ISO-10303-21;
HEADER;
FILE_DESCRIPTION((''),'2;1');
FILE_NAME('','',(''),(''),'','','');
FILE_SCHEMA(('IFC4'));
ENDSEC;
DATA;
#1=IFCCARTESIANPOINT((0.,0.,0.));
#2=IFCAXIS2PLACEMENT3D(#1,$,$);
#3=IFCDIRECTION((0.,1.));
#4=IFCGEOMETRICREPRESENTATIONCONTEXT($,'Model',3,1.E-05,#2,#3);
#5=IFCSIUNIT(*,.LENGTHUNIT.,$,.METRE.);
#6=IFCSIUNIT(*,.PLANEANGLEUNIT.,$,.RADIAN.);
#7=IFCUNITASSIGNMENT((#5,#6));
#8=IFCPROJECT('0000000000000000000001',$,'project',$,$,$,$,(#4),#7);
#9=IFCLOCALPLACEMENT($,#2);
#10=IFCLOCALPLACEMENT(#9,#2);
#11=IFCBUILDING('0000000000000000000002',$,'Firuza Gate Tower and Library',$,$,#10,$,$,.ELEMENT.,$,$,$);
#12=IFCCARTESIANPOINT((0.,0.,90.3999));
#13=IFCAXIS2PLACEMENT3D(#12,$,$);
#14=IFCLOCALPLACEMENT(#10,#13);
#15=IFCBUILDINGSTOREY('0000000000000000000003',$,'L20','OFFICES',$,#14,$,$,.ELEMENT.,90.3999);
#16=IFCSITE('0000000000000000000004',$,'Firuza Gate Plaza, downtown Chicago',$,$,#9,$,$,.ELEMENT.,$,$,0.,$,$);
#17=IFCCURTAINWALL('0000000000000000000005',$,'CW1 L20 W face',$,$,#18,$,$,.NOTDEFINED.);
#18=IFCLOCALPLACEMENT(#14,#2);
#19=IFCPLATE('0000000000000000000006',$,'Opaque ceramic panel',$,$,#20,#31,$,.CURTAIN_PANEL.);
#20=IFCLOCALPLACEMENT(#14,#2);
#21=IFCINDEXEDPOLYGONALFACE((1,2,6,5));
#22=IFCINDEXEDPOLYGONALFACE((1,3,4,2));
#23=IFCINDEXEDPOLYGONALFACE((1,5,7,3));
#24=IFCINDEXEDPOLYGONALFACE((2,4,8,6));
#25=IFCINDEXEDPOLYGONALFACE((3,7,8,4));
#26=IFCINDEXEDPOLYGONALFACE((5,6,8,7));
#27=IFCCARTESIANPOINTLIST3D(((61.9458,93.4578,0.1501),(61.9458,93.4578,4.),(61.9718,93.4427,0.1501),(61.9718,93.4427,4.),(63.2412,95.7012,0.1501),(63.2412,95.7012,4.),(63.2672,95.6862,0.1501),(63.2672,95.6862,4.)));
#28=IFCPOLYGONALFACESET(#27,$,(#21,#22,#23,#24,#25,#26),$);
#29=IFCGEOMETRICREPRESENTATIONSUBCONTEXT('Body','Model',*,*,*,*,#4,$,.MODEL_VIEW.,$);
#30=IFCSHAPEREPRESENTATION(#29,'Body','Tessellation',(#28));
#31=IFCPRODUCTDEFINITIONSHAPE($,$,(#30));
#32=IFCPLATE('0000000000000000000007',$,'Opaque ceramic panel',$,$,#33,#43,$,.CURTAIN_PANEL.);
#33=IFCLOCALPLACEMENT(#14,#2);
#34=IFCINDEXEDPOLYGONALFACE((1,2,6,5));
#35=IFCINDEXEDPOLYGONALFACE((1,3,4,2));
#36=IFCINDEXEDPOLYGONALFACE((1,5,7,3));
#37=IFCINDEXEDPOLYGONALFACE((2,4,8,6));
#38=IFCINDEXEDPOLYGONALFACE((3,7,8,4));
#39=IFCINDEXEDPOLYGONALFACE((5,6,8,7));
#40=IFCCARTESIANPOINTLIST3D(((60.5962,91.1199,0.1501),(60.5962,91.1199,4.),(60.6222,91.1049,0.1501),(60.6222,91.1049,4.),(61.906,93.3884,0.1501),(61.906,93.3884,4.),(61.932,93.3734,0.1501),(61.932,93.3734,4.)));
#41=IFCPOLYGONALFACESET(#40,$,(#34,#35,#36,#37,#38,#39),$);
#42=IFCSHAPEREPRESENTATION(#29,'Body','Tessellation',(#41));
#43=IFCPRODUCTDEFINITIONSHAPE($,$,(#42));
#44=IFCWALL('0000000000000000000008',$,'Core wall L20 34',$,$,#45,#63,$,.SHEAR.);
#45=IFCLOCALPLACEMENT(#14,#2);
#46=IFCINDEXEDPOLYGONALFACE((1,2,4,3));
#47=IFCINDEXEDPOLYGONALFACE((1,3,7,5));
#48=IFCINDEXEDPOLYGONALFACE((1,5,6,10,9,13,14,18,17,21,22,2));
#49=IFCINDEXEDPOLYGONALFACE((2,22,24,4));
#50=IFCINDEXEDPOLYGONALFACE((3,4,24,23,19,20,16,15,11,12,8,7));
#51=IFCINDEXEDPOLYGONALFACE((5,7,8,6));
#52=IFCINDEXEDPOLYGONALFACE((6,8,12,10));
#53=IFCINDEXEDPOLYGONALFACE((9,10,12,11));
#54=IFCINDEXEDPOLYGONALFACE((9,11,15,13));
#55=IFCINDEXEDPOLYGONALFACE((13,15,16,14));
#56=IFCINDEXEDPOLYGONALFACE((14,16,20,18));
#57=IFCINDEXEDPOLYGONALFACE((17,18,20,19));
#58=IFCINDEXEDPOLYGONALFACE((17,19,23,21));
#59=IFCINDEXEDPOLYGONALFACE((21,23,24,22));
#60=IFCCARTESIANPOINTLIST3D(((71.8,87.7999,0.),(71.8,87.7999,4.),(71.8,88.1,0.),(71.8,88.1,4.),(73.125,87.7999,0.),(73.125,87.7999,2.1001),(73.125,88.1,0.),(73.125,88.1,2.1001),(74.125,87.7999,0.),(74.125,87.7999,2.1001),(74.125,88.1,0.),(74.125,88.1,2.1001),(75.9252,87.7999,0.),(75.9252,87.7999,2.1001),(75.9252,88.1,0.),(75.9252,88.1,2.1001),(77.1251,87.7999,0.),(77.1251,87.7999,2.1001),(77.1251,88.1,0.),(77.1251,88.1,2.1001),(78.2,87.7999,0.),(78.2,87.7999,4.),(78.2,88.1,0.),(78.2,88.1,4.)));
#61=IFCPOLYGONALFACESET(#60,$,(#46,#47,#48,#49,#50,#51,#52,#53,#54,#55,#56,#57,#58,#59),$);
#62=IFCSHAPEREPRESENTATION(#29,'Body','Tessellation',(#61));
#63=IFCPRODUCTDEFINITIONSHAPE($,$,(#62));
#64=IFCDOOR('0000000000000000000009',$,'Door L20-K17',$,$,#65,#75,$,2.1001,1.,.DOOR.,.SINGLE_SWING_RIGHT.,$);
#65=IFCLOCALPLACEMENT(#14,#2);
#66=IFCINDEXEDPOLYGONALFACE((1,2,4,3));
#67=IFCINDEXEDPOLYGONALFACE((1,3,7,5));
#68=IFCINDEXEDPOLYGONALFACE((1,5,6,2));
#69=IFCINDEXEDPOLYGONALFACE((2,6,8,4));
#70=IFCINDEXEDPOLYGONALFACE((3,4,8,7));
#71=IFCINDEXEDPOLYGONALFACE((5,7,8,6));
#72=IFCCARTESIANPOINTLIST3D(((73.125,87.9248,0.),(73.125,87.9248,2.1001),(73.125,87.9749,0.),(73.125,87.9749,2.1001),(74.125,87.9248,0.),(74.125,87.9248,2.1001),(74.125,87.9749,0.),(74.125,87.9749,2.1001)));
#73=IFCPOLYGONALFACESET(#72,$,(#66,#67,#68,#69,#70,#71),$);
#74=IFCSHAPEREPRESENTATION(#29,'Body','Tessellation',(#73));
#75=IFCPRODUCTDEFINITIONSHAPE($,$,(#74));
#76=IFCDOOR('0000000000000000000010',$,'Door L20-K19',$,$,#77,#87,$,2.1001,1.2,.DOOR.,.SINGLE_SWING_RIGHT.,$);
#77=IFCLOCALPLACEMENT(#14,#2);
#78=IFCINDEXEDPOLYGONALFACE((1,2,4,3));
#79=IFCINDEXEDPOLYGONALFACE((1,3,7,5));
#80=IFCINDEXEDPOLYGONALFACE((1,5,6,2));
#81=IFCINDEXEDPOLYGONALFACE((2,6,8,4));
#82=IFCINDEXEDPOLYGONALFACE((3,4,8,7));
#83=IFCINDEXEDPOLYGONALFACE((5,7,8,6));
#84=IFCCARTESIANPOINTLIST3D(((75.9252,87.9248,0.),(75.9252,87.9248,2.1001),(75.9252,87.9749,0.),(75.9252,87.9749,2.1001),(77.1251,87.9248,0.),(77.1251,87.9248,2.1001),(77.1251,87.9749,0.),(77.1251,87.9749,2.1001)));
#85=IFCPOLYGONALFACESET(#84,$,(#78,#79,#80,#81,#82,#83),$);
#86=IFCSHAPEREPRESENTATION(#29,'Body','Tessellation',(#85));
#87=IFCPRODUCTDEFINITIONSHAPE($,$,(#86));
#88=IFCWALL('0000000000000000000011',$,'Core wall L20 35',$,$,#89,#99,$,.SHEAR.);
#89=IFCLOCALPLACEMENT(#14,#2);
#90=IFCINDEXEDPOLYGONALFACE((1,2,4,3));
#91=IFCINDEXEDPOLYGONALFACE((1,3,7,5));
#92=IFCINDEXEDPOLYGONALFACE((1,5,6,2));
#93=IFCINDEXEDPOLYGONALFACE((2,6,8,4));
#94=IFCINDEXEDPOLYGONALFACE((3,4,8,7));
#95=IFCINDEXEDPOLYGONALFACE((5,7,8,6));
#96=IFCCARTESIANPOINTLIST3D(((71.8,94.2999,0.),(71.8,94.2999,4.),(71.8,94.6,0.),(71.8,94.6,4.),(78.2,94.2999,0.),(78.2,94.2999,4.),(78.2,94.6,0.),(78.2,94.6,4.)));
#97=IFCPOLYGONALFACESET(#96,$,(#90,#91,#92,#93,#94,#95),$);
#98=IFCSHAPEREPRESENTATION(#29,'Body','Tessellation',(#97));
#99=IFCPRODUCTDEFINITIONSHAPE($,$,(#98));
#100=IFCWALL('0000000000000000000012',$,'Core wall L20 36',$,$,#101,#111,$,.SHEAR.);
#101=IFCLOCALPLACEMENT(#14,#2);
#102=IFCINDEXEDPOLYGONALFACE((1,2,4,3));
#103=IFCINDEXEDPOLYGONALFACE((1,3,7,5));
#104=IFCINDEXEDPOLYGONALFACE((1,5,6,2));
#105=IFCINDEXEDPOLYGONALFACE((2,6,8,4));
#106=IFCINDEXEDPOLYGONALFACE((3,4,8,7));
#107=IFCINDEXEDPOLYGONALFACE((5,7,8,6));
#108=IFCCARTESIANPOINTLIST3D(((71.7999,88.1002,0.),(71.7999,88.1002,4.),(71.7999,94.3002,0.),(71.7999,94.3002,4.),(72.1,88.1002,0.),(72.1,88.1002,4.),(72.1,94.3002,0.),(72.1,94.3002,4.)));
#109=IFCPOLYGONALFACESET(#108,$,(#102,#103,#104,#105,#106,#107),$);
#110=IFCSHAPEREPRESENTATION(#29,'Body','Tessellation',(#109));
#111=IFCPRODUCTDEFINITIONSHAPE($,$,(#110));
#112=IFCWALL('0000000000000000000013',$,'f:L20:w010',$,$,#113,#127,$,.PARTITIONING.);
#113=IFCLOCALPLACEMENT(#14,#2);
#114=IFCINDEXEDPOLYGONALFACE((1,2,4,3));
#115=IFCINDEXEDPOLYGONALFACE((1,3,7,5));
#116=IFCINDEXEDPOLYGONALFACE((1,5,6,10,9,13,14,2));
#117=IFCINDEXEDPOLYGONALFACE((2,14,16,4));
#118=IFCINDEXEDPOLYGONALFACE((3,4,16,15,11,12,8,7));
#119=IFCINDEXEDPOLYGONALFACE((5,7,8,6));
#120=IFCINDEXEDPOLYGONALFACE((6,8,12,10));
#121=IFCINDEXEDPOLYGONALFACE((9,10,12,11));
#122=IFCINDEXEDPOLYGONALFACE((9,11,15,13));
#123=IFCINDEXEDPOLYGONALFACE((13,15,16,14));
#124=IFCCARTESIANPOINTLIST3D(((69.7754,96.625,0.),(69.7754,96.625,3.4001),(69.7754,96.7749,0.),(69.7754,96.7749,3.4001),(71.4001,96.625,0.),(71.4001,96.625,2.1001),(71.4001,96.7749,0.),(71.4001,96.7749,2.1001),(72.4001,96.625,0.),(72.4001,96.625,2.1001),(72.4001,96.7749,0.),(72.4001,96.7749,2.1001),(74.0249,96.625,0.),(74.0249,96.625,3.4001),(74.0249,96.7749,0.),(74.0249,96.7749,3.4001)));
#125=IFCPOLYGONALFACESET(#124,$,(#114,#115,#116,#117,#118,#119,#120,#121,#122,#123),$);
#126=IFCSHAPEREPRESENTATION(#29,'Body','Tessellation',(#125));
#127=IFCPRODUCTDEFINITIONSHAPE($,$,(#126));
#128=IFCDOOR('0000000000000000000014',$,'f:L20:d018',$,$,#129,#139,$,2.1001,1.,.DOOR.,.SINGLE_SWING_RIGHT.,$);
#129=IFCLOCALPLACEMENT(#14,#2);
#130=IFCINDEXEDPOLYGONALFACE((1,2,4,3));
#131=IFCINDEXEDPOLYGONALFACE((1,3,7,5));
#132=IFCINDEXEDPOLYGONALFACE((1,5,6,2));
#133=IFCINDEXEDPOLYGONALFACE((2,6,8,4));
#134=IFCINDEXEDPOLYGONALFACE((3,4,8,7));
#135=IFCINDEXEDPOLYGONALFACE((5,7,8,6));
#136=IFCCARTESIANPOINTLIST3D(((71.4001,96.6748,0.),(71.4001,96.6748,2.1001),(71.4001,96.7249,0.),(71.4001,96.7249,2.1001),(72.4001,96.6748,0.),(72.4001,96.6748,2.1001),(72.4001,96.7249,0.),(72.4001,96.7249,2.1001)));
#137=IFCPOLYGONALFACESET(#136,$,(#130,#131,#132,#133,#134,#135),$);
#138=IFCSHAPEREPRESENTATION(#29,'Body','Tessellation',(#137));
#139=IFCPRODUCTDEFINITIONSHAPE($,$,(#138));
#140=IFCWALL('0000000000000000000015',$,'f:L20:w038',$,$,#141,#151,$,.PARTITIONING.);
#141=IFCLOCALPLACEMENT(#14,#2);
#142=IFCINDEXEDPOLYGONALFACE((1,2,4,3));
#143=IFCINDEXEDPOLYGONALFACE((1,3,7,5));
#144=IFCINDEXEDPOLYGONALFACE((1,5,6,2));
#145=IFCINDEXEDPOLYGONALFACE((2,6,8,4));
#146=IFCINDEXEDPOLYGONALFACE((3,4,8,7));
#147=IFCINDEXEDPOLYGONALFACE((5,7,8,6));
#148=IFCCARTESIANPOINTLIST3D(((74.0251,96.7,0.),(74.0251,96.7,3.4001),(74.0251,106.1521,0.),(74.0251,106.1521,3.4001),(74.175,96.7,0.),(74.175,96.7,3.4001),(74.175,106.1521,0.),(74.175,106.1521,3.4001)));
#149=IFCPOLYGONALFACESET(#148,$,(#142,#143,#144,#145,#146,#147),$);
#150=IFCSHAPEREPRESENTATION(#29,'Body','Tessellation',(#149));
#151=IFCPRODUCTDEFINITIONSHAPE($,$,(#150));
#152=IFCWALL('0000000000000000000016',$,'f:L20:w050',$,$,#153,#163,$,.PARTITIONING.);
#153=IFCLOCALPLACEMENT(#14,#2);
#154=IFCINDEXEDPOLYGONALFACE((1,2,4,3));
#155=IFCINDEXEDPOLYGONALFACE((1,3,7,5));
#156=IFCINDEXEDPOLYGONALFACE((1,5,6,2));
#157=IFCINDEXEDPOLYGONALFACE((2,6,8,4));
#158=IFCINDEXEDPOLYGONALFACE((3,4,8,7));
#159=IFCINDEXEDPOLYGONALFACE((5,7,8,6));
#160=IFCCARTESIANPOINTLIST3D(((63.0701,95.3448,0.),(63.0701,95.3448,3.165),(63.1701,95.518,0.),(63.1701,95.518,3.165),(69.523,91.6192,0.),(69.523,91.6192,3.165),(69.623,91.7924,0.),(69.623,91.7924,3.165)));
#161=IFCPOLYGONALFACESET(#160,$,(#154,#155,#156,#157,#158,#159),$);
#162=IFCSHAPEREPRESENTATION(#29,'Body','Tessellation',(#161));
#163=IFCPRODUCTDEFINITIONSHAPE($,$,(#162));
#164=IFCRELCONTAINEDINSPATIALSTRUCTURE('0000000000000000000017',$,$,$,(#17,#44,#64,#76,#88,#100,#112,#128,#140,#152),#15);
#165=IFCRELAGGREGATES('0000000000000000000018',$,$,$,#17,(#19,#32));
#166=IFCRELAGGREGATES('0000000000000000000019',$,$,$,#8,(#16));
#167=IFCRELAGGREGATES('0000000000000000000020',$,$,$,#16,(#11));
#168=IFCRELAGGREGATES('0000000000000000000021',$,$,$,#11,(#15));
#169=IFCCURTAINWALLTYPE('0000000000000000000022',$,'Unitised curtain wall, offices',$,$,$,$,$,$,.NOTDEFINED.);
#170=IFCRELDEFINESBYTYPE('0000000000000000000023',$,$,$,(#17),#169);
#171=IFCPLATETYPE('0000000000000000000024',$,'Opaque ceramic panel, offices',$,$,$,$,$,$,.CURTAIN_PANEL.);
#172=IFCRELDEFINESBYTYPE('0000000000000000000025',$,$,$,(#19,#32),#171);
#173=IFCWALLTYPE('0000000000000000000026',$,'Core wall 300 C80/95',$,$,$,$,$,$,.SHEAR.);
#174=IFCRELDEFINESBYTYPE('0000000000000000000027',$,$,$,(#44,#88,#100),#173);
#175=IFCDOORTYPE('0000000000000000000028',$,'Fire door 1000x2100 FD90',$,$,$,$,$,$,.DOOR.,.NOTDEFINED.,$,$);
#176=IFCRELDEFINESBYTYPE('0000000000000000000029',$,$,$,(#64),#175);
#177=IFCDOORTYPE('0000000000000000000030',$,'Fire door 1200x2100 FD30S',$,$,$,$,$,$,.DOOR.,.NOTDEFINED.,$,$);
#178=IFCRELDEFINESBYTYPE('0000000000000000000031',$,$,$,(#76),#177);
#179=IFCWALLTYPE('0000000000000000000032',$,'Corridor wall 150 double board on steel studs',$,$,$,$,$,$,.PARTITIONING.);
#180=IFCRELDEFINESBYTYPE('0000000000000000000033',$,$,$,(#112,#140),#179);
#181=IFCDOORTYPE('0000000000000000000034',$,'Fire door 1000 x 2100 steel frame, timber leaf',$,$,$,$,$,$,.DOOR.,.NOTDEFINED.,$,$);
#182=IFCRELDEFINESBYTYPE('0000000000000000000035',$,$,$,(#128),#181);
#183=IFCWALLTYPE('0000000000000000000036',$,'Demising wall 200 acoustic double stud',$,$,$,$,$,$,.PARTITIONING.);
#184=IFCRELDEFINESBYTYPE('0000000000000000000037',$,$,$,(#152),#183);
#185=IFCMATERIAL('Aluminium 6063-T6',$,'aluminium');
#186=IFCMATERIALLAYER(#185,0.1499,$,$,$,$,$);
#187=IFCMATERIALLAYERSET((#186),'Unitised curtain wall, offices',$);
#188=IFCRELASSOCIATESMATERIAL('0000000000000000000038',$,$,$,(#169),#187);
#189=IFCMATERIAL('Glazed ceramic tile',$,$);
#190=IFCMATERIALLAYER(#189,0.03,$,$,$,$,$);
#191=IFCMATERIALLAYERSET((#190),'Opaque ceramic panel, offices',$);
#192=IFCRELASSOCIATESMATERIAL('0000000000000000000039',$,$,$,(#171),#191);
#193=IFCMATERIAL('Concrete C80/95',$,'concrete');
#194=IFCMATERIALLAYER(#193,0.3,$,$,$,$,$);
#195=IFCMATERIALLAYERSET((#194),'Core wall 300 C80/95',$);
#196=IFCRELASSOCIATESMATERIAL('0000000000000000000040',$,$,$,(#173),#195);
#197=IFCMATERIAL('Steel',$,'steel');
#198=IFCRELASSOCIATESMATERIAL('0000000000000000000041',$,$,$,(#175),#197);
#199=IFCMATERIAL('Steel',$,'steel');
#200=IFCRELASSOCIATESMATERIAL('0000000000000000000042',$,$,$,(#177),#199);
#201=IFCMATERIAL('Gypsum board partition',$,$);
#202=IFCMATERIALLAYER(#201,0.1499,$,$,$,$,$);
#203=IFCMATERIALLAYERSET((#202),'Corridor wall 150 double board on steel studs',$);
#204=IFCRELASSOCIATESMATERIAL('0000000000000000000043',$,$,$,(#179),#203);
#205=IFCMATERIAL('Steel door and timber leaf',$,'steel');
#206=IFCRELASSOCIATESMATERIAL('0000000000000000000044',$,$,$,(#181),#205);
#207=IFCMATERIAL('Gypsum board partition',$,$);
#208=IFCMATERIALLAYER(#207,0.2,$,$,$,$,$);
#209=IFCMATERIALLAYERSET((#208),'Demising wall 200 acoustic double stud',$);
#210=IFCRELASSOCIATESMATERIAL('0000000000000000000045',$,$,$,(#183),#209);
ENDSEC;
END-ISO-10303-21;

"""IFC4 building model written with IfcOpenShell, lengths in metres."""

from ifc_helpers import new_model, si_unit, direction, frame, frame_2d, origin, place, context, subcontext, project, spatial, polyline, rectangle, outline, extrude, material, layer, layer_set, type_object, element, fill, aggregate, save


model = new_model("IFC4")

# Units and contexts
model_context = context("Model", 3, precision=1e-05, world=origin(), true_north=direction((0.0, 1.0)))
body_context = subcontext(model_context, "Body", "Model", "MODEL_VIEW")
ifc_project = project(units=[si_unit("LENGTHUNIT", "METRE"), si_unit("PLANEANGLEUNIT", "RADIAN")], contexts=[model_context])

# Site, building, storey
site_placement = place(None, origin())
site = spatial("IfcSite", under=ifc_project, at=site_placement, Name="Firuza Gate Plaza, downtown Chicago", CompositionType="ELEMENT", RefElevation=0.0)
building_placement = place(site_placement, origin())
building = spatial("IfcBuilding", under=site, at=building_placement, Name="Firuza Gate Tower and Library", CompositionType="ELEMENT")
storey_placement = place(building_placement, frame((0.0, 0.0, 90.3999)))
storey = spatial("IfcBuildingStorey", under=building, at=storey_placement, Name="L20", Description="OFFICES", CompositionType="ELEMENT", Elevation=90.3999)

# Curtain wall
ifc_material_1 = material(Name="Aluminium 6063-T6", Category="aluminium")
ifc_layer_1 = layer(ifc_material_1, 0.1499)
ifc_layer_set_1 = layer_set([ifc_layer_1], Name="Unitised curtain wall, offices")
curtain_wall_type = type_object("IfcCurtainWallType", Name="Unitised curtain wall, offices", PredefinedType="NOTDEFINED", material=ifc_layer_set_1)
placement = place(storey_placement, origin())
curtain_wall = element("IfcCurtainWall", 1, at=placement, inside=storey, type_object=curtain_wall_type, Name="CW1 L20 W face", PredefinedType="NOTDEFINED")

# Plates
ifc_material_2 = material(Name="Glazed ceramic tile")
ifc_layer_2 = layer(ifc_material_2, 0.03)
ifc_layer_set_2 = layer_set([ifc_layer_2], Name="Opaque ceramic panel, offices")
plate_type_1 = type_object("IfcPlateType", Name="Opaque ceramic panel, offices", PredefinedType="CURTAIN_PANEL", material=ifc_layer_set_2)
plate_1_placement = place(storey_placement, frame((63.2412, 95.7012, 0.1501), z_axis=(-0.865996, 0.500051, 0.0), x_axis=(-0.500051, -0.865996, 0.0)))
plate_1 = element("IfcPlate", 2, at=plate_1_placement, type_object=plate_type_1, Name="Opaque ceramic panel", PredefinedType="CURTAIN_PANEL", context=body_context, shape_type="SweptSolid", body=[
    extrude(outline(polyline([(0.0, 0.0), (2.5906, 0.0), (2.5906, 3.8499), (0.0, 3.8499), (0.0, 0.0)])), origin(), (0.0, 0.0, -1.0), 0.03),
])
plate_2_placement = place(storey_placement, frame((61.906, 93.3884, 0.1501), z_axis=(-0.866015, 0.500018, 0.0), x_axis=(-0.500018, -0.866015, 0.0)))
plate_2 = element("IfcPlate", 3, at=plate_2_placement, type_object=plate_type_1, Name="Opaque ceramic panel", PredefinedType="CURTAIN_PANEL", context=body_context, shape_type="SweptSolid", body=[
    extrude(outline(polyline([(0.0, 0.0), (2.6195, 0.0), (2.6195, 3.8499), (0.0, 3.8499), (0.0, 0.0)])), origin(), (0.0, 0.0, -1.0), 0.03),
])
aggregate(curtain_wall, [plate_1, plate_2])

# Wall, openings, doors
ifc_material_3 = material(Name="Concrete C80/95", Category="concrete")
ifc_layer_3 = layer(ifc_material_3, 0.3)
ifc_layer_set_3 = layer_set([ifc_layer_3], Name="Core wall 300 C80/95")
wall_type_1 = type_object("IfcWallType", Name="Core wall 300 C80/95", PredefinedType="SHEAR", material=ifc_layer_set_3)
wall_1_placement = place(storey_placement, frame((71.8, 87.95, 0.0), z_axis=(0.0, 0.0, 1.0), x_axis=(1.0, 0.0, 0.0)))
wall_1 = element("IfcWall", 4, at=wall_1_placement, inside=storey, type_object=wall_type_1, Name="Core wall L20 34", PredefinedType="SHEAR", context=body_context, shape_type="SweptSolid", body=[
    extrude(rectangle(XDim=6.3999, YDim=0.3, at=frame_2d((3.2, 0.0))), origin(), (0.0, 0.0, 1.0), 4.0),
])
opening_1_placement = place(wall_1_placement, frame((1.325, 0.0, 0.0)))
opening_1 = element("IfcOpeningElement", 5, at=opening_1_placement, cuts=wall_1, PredefinedType="OPENING", context=body_context, shape_type="SweptSolid", body=[
    extrude(rectangle(XDim=1.0, YDim=2.1001, at=frame_2d((0.5, 1.05))), frame((0.0, 0.1602, 0.0), z_axis=(0.0, -1.0, 0.0), x_axis=(1.0, 0.0, 0.0)), (0.0, 0.0, 1.0), 0.3201),
])
opening_2_placement = place(wall_1_placement, frame((4.125, 0.0, 0.0)))
opening_2 = element("IfcOpeningElement", 6, at=opening_2_placement, cuts=wall_1, PredefinedType="OPENING", context=body_context, shape_type="SweptSolid", body=[
    extrude(rectangle(XDim=1.2, YDim=2.1001, at=frame_2d((0.6001, 1.05))), frame((0.0, 0.1602, 0.0), z_axis=(0.0, -1.0, 0.0), x_axis=(1.0, 0.0, 0.0)), (0.0, 0.0, 1.0), 0.3201),
])
ifc_material_4 = material(Name="Steel", Category="steel")
door_type_1 = type_object("IfcDoorType", Name="Fire door 1000x2100 FD90", OperationType="NOTDEFINED", PredefinedType="DOOR", material=ifc_material_4)
door_1_placement = place(opening_1_placement, origin())
door_1 = element("IfcDoor", 7, at=door_1_placement, inside=storey, type_object=door_type_1, Name="Door L20-K17", OperationType="SINGLE_SWING_RIGHT", OverallHeight=2.1001, OverallWidth=1.0, PredefinedType="DOOR", context=body_context, shape_type="SweptSolid", body=[
    extrude(rectangle(XDim=1.0, YDim=2.1001, at=frame_2d((0.5, 1.05))), frame((0.0, 0.0249, 0.0), z_axis=(0.0, -1.0, 0.0), x_axis=(1.0, 0.0, 0.0)), (0.0, 0.0, 1.0), 0.05),
])
fill(opening_1, door_1)
ifc_material_5 = material(Name="Steel", Category="steel")
door_type_2 = type_object("IfcDoorType", Name="Fire door 1200x2100 FD30S", OperationType="NOTDEFINED", PredefinedType="DOOR", material=ifc_material_5)
door_2_placement = place(opening_2_placement, origin())
door_2 = element("IfcDoor", 8, at=door_2_placement, inside=storey, type_object=door_type_2, Name="Door L20-K19", OperationType="SINGLE_SWING_RIGHT", OverallHeight=2.1001, OverallWidth=1.2, PredefinedType="DOOR", context=body_context, shape_type="SweptSolid", body=[
    extrude(rectangle(XDim=1.2, YDim=2.1001, at=frame_2d((0.6001, 1.05))), frame((0.0, 0.0249, 0.0), z_axis=(0.0, -1.0, 0.0), x_axis=(1.0, 0.0, 0.0)), (0.0, 0.0, 1.0), 0.05),
])
fill(opening_2, door_2)

# Walls
wall_2_placement = place(storey_placement, frame((71.8, 94.45, 0.0), z_axis=(0.0, 0.0, 1.0), x_axis=(1.0, 0.0, 0.0)))
element("IfcWall", 9, at=wall_2_placement, inside=storey, type_object=wall_type_1, Name="Core wall L20 35", PredefinedType="SHEAR", context=body_context, shape_type="SweptSolid", body=[
    extrude(rectangle(XDim=6.3999, YDim=0.3, at=frame_2d((3.2, 0.0))), origin(), (0.0, 0.0, 1.0), 4.0),
])
wall_3_placement = place(storey_placement, frame((71.95, 88.1001, 0.0), z_axis=(0.0, 0.0, 1.0), x_axis=(0.0, 1.0, 0.0)))
element("IfcWall", 10, at=wall_3_placement, inside=storey, type_object=wall_type_1, Name="Core wall L20 36", PredefinedType="SHEAR", context=body_context, shape_type="SweptSolid", body=[
    extrude(rectangle(XDim=6.2, YDim=0.3, at=frame_2d((3.1001, 0.0))), origin(), (0.0, 0.0, 1.0), 4.0),
])

# Wall, opening, door
ifc_material_6 = material(Name="Gypsum board partition")
ifc_layer_4 = layer(ifc_material_6, 0.1499)
ifc_layer_set_4 = layer_set([ifc_layer_4], Name="Corridor wall 150 double board on steel studs")
wall_type_2 = type_object("IfcWallType", Name="Corridor wall 150 double board on steel studs", PredefinedType="PARTITIONING", material=ifc_layer_set_4)
wall_4_placement = place(storey_placement, frame((69.7754, 96.7, 0.0), z_axis=(0.0, 0.0, 1.0), x_axis=(1.0, 0.0, 0.0)))
wall_4 = element("IfcWall", 11, at=wall_4_placement, inside=storey, type_object=wall_type_2, Name="f:L20:w010", PredefinedType="PARTITIONING", context=body_context, shape_type="SweptSolid", body=[
    extrude(rectangle(XDim=4.2495, YDim=0.1499, at=frame_2d((2.1248, 0.0))), origin(), (0.0, 0.0, 1.0), 3.4001),
])
opening_3_placement = place(wall_4_placement, frame((1.6248, 0.0, 0.0)))
opening_3 = element("IfcOpeningElement", 12, at=opening_3_placement, cuts=wall_4, PredefinedType="OPENING", context=body_context, shape_type="SweptSolid", body=[
    extrude(rectangle(XDim=1.0, YDim=2.1001, at=frame_2d((0.5, 1.05))), frame((0.0, 0.085, 0.0), z_axis=(0.0, -1.0, 0.0), x_axis=(1.0, 0.0, 0.0)), (0.0, 0.0, 1.0), 0.1699),
])
ifc_material_7 = material(Name="Steel door and timber leaf", Category="steel")
door_type_3 = type_object("IfcDoorType", Name="Fire door 1000 x 2100 steel frame, timber leaf", OperationType="NOTDEFINED", PredefinedType="DOOR", material=ifc_material_7)
door_3_placement = place(opening_3_placement, origin())
door_3 = element("IfcDoor", 13, at=door_3_placement, inside=storey, type_object=door_type_3, Name="f:L20:d018", OperationType="SINGLE_SWING_RIGHT", OverallHeight=2.1001, OverallWidth=1.0, PredefinedType="DOOR", context=body_context, shape_type="SweptSolid", body=[
    extrude(rectangle(XDim=1.0, YDim=2.1001, at=frame_2d((0.5, 1.05))), frame((0.0, 0.0249, 0.0), z_axis=(0.0, -1.0, 0.0), x_axis=(1.0, 0.0, 0.0)), (0.0, 0.0, 1.0), 0.05),
])
fill(opening_3, door_3)

# Walls
wall_5_placement = place(storey_placement, frame((74.1001, 96.7, 0.0), z_axis=(0.0, 0.0, 1.0), x_axis=(0.0, 1.0, 0.0)))
element("IfcWall", 14, at=wall_5_placement, inside=storey, type_object=wall_type_2, Name="f:L20:w038", PredefinedType="PARTITIONING", context=body_context, shape_type="SweptSolid", body=[
    extrude(rectangle(XDim=9.4521, YDim=0.1499, at=frame_2d((4.7261, 0.0))), origin(), (0.0, 0.0, 1.0), 3.4001),
])
ifc_material_8 = material(Name="Gypsum board partition")
ifc_layer_5 = layer(ifc_material_8, 0.2)
ifc_layer_set_5 = layer_set([ifc_layer_5], Name="Demising wall 200 acoustic double stud")
wall_type_3 = type_object("IfcWallType", Name="Demising wall 200 acoustic double stud", PredefinedType="PARTITIONING", material=ifc_layer_set_5)
wall_6_placement = place(storey_placement, frame((69.573, 91.7058, 0.0), z_axis=(0.0, 0.0, 1.0), x_axis=(-0.866025, 0.500001, 0.0)))
element("IfcWall", 15, at=wall_6_placement, inside=storey, type_object=wall_type_3, Name="f:L20:w050", PredefinedType="PARTITIONING", context=body_context, shape_type="SweptSolid", body=[
    extrude(rectangle(XDim=7.4512, YDim=0.2, at=frame_2d((3.7256, 0.0))), origin(), (0.0, 0.0, 1.0), 3.165),
])

save(model, "model.ifc")
